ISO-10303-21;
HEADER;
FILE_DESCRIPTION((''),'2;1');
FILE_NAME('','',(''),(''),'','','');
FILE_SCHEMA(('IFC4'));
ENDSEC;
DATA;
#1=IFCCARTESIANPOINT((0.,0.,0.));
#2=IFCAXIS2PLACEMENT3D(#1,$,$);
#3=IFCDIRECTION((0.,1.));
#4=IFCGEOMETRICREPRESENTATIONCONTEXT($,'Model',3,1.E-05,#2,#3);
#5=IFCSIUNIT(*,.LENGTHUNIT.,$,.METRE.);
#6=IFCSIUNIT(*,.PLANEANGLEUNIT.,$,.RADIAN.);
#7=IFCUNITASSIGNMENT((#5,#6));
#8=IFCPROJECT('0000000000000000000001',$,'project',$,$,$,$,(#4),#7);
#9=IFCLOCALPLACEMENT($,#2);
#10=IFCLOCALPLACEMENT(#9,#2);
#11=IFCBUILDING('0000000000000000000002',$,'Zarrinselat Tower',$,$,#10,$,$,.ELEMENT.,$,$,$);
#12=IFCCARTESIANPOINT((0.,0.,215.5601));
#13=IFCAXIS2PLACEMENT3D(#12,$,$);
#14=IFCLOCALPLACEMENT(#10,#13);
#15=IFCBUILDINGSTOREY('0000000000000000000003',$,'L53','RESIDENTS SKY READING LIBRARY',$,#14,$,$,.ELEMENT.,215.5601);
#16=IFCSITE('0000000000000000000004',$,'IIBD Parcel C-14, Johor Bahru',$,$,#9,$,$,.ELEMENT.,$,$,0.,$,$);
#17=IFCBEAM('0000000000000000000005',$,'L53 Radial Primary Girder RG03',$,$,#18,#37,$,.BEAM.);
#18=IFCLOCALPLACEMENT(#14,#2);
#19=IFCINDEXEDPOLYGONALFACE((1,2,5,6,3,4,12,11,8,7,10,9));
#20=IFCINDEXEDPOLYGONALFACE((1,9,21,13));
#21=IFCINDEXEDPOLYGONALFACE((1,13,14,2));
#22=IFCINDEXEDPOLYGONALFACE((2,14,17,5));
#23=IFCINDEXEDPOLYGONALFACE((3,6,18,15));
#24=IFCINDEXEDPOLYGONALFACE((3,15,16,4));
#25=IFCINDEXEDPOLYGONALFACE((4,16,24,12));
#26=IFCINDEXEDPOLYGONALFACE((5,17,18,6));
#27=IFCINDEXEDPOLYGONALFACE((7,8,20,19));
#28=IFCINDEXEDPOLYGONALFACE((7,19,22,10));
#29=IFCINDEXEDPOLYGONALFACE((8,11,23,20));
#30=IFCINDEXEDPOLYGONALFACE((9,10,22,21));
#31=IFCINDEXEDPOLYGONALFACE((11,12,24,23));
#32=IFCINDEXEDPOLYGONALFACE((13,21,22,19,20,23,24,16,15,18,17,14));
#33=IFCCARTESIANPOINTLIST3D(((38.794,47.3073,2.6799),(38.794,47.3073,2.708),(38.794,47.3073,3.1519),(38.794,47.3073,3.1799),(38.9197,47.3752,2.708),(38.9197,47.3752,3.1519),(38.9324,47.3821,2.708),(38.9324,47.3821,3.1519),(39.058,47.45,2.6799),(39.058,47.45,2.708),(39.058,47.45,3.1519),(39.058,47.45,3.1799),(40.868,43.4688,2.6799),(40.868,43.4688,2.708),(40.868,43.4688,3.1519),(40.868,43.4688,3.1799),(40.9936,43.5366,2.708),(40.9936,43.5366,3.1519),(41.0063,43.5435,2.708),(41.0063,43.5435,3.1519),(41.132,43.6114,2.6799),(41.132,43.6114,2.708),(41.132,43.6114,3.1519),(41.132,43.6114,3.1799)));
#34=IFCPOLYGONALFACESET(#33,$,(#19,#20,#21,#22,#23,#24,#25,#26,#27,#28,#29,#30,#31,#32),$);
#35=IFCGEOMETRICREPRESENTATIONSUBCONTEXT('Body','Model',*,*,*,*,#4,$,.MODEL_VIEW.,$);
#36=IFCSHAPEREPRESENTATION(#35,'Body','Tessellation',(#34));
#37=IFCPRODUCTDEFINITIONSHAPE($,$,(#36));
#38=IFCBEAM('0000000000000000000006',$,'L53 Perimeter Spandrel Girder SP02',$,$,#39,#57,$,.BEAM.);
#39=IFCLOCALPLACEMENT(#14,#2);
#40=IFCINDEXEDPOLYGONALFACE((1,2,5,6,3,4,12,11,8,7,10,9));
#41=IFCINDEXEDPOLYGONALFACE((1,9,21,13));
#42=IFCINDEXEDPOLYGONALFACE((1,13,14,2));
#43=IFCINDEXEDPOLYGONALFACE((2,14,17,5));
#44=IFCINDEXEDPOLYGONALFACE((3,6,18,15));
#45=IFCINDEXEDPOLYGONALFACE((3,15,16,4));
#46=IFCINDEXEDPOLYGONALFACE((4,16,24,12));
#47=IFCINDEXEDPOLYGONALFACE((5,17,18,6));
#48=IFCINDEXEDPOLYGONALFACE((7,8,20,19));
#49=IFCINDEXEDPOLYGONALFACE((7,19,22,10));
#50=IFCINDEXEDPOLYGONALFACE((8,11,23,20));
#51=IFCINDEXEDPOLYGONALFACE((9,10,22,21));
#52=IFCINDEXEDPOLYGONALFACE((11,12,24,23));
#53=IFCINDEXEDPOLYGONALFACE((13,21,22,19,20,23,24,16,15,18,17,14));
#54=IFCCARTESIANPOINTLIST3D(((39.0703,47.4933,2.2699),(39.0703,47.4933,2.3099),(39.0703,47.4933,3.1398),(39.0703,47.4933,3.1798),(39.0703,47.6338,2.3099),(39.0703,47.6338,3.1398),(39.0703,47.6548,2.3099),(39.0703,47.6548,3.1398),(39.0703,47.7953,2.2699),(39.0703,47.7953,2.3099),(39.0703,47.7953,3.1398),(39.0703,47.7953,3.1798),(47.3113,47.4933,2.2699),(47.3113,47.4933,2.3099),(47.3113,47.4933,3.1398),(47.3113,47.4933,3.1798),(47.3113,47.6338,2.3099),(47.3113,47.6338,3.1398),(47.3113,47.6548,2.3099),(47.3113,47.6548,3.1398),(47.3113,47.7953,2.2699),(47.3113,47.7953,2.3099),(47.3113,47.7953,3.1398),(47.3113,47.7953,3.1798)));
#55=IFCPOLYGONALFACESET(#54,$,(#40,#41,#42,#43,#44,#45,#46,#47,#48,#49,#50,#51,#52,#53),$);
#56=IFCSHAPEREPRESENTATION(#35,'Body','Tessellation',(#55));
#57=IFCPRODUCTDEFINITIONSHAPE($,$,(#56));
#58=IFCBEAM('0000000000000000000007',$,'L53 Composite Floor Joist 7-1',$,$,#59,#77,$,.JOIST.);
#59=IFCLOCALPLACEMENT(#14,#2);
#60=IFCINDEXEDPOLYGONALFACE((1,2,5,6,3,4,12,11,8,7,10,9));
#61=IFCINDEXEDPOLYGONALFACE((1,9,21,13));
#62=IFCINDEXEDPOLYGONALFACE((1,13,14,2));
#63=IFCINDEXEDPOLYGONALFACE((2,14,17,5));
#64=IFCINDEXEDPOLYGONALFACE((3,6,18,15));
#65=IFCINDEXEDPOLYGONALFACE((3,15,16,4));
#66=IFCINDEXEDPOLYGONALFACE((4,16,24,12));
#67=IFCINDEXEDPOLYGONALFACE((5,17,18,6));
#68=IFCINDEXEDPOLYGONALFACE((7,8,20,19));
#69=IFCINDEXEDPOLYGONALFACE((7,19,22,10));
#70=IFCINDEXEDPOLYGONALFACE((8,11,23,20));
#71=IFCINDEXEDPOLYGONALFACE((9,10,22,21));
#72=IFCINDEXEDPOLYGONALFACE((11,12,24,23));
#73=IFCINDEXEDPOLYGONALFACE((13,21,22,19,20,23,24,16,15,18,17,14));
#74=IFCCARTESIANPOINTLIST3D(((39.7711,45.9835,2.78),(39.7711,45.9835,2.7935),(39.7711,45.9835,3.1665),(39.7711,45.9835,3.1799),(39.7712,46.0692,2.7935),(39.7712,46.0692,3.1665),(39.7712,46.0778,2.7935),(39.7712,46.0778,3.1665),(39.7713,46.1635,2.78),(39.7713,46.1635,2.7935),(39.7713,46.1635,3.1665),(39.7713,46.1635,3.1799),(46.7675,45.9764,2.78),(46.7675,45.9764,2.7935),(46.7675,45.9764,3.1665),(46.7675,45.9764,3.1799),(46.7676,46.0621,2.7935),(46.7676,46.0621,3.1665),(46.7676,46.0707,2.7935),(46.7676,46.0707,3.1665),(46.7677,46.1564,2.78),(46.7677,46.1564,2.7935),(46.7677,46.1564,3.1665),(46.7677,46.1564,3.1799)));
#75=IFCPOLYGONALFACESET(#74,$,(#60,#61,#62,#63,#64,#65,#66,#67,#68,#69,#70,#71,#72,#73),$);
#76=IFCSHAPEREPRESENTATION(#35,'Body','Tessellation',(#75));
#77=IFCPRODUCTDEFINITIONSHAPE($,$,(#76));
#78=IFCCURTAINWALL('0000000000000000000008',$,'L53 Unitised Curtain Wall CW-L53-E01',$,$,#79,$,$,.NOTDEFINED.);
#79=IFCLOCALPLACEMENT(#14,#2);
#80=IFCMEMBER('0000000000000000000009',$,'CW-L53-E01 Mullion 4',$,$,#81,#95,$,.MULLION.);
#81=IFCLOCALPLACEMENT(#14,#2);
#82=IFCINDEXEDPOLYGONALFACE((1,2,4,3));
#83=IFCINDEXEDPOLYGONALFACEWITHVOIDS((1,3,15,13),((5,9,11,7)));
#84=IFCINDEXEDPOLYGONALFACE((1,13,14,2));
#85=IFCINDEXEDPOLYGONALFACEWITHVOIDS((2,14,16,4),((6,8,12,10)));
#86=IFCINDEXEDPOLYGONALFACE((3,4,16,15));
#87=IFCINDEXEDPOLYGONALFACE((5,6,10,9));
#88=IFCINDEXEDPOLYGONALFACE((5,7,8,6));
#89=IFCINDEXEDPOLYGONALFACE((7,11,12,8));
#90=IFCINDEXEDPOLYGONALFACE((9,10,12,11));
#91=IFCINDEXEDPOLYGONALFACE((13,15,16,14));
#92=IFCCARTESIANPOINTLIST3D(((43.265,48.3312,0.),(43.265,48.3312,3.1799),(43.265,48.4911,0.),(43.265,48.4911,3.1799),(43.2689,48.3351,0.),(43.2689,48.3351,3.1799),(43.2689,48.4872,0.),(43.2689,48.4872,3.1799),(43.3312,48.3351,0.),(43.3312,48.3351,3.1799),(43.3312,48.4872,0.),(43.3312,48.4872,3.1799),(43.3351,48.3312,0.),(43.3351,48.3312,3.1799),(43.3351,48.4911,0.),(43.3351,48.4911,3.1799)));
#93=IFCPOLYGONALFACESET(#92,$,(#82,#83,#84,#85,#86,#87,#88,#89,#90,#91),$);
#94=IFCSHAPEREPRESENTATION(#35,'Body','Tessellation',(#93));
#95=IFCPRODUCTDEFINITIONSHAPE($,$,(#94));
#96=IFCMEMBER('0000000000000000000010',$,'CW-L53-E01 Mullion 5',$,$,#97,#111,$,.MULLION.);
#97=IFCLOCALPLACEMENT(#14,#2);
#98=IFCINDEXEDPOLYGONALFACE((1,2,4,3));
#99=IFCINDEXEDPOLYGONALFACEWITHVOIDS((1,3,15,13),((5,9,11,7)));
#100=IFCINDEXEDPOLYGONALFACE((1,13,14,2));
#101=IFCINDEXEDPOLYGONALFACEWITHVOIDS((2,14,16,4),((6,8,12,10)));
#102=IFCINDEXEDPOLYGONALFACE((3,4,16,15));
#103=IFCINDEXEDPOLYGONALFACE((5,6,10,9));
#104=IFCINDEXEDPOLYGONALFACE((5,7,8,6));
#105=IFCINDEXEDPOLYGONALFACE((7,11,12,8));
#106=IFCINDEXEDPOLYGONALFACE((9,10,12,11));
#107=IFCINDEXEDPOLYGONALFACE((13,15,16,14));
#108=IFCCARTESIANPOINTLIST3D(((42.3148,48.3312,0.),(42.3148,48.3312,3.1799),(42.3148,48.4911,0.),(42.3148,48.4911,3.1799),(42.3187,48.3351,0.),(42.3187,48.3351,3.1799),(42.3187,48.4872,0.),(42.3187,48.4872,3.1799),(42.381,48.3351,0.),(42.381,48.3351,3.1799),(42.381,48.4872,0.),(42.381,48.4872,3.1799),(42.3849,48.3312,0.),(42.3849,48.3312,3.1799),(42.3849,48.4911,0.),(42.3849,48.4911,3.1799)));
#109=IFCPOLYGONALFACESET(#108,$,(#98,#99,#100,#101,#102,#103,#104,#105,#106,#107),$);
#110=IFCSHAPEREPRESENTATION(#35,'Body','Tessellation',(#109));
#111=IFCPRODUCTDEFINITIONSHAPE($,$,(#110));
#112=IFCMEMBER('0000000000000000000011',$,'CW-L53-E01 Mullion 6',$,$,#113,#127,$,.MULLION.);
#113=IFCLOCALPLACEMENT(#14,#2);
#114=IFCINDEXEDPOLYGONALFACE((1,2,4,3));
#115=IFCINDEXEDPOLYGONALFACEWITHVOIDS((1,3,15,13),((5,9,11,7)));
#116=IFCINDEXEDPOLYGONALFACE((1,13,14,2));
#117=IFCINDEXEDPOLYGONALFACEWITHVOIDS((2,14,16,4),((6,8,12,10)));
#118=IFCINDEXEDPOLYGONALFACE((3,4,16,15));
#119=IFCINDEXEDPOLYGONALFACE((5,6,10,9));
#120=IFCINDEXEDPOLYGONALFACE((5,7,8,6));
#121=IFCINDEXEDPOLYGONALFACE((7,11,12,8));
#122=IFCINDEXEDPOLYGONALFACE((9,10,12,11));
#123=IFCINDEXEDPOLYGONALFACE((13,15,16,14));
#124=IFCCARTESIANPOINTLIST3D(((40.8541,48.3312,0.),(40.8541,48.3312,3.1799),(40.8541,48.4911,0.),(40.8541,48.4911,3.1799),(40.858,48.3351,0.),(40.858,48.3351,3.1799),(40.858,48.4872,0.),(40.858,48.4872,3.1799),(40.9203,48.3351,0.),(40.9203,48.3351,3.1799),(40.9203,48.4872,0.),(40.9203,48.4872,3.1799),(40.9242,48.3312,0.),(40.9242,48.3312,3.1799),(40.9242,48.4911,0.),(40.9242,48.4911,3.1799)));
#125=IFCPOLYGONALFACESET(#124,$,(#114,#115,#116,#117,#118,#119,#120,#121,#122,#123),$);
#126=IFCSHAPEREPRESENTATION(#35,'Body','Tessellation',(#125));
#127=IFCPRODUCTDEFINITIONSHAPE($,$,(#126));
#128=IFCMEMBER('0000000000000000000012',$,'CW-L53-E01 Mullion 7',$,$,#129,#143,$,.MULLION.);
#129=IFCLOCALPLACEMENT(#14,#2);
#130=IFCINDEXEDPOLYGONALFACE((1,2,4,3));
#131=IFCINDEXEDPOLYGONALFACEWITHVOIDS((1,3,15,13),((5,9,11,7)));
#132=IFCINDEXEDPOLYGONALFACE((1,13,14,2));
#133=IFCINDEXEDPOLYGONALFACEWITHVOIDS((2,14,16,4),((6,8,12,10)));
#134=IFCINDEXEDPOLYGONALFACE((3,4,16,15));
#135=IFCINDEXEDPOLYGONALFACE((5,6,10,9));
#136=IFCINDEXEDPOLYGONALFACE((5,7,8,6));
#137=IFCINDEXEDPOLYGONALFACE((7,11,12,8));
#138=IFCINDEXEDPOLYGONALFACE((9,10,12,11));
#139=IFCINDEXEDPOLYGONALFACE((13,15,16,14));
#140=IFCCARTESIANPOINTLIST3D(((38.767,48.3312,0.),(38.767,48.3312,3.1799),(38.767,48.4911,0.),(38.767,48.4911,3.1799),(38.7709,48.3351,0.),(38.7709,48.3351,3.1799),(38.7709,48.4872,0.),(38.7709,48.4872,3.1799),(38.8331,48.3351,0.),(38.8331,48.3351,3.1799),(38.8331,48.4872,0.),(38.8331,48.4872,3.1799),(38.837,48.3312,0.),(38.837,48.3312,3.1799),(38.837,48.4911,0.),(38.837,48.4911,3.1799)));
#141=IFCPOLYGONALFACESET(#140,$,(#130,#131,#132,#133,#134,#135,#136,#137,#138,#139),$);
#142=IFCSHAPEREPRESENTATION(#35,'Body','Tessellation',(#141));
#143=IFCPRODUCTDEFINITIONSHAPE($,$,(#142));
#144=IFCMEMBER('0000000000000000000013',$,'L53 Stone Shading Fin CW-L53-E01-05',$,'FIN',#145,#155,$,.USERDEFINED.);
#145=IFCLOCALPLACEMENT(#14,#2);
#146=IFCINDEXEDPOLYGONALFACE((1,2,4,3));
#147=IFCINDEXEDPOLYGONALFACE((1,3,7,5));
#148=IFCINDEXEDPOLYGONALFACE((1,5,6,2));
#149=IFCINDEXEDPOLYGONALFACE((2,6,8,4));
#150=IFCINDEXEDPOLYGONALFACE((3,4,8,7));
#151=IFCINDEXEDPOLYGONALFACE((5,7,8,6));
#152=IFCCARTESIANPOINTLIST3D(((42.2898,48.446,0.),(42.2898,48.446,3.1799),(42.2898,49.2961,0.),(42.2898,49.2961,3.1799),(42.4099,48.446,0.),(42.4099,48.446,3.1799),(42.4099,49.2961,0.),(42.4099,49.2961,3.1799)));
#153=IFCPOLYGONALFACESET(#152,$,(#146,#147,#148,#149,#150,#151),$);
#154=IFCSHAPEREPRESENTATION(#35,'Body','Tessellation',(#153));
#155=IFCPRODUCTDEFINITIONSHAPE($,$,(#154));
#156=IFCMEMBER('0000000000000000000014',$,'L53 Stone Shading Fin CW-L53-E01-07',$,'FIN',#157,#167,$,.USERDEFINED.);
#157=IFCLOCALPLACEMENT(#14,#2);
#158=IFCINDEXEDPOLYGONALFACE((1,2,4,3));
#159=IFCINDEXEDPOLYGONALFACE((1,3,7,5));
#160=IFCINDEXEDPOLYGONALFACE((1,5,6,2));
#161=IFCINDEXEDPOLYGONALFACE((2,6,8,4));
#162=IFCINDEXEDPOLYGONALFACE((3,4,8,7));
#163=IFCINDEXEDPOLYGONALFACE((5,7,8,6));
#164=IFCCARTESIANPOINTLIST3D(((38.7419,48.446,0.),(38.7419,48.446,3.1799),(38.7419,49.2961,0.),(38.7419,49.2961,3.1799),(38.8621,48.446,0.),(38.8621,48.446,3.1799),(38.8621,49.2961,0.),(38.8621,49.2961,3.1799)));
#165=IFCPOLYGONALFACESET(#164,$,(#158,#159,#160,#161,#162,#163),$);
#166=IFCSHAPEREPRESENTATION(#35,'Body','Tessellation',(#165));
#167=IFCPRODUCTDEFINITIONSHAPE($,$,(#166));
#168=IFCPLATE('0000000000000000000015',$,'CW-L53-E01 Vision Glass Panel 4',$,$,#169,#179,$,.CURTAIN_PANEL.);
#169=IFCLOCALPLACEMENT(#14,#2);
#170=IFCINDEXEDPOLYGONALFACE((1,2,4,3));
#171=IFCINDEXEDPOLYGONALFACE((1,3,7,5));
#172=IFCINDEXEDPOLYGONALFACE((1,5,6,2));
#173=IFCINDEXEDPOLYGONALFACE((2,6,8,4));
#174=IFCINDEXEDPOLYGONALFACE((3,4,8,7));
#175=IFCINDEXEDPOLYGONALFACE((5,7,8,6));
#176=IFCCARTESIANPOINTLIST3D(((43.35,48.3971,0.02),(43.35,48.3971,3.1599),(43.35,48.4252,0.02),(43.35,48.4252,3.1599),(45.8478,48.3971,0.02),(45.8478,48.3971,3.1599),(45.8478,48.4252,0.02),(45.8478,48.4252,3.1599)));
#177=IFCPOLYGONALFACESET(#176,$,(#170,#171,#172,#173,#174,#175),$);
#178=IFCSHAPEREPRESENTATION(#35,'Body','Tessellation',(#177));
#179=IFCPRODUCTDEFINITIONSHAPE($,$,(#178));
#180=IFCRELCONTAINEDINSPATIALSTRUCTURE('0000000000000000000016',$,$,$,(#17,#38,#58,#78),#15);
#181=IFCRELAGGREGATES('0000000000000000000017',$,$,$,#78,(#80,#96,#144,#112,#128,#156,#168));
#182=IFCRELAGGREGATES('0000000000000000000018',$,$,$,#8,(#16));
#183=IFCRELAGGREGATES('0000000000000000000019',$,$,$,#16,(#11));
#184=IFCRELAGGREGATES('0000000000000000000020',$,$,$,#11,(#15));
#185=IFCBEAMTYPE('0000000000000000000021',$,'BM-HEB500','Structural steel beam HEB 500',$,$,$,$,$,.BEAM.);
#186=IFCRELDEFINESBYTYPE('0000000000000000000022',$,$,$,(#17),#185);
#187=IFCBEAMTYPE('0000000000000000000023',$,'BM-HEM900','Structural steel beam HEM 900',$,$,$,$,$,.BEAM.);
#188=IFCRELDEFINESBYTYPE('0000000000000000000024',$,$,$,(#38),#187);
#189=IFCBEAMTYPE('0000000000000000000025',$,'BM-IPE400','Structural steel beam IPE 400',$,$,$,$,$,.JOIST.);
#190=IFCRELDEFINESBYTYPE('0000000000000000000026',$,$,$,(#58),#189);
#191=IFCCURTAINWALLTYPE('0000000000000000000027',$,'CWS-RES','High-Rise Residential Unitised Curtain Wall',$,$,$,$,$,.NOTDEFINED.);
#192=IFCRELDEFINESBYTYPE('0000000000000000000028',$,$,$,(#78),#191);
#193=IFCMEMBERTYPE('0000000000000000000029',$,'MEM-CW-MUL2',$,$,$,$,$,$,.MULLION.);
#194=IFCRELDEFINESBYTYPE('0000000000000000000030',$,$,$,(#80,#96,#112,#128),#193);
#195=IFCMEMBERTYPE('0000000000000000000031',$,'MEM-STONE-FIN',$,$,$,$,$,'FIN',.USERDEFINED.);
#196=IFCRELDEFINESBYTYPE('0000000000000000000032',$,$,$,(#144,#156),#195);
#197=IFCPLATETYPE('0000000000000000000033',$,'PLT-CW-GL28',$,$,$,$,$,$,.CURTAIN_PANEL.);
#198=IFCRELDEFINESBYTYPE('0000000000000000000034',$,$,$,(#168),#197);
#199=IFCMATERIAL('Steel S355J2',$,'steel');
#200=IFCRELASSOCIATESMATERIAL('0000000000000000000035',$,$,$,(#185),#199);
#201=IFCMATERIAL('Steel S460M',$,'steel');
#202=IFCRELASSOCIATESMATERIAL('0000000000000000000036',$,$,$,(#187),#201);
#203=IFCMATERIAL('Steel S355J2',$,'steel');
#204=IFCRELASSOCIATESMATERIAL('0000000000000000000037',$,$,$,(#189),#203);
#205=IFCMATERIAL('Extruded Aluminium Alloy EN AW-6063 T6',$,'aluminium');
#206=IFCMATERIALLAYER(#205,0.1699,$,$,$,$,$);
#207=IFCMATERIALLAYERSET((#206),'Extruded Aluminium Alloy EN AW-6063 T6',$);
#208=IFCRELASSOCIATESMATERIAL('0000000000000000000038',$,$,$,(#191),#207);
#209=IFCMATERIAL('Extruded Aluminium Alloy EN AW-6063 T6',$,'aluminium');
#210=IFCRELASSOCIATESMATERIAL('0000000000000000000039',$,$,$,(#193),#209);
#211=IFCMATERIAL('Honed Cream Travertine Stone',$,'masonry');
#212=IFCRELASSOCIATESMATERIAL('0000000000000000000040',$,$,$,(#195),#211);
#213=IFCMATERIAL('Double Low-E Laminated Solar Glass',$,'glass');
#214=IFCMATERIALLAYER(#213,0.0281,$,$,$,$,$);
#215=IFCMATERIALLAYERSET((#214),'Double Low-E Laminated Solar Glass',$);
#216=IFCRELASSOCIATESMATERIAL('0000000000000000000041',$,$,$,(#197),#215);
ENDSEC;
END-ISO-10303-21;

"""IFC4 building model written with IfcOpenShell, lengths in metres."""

from ifc_helpers import new_model, si_unit, direction, frame, origin, origin_2d, place, context, subcontext, project, spatial, rectangle, hollow_rectangle, i_section, extrude, material, layer, layer_set, material_profile, profile_set, type_object, element, aggregate, save


model = new_model("IFC4")

# Units and contexts
model_context = context("Model", 3, precision=1e-05, world=origin(), true_north=direction((0.0, 1.0)))
body_context = subcontext(model_context, "Body", "Model", "MODEL_VIEW")
ifc_project = project(units=[si_unit("LENGTHUNIT", "METRE"), si_unit("PLANEANGLEUNIT", "RADIAN")], contexts=[model_context])

# Site, building, storey
site_placement = place(None, origin())
site = spatial("IfcSite", under=ifc_project, at=site_placement, Name="IIBD Parcel C-14, Johor Bahru", CompositionType="ELEMENT", RefElevation=0.0)
building_placement = place(site_placement, origin())
building = spatial("IfcBuilding", under=site, at=building_placement, Name="Zarrinselat Tower", CompositionType="ELEMENT")
storey_placement = place(building_placement, frame((0.0, 0.0, 215.5601)))
storey = spatial("IfcBuildingStorey", under=building, at=storey_placement, Name="L53", Description="RESIDENTS SKY READING LIBRARY", CompositionType="ELEMENT", Elevation=215.5601)

# Beams
ifc_material_1 = material(Name="Steel S355J2", Category="steel")
ifc_material_profile_1 = material_profile(ifc_material_1, i_section(OverallWidth=0.3, OverallDepth=0.5, WebThickness=0.0144, FlangeThickness=0.0281, at=origin_2d()), Name="HEB 500")
ifc_profile_set_1 = profile_set([ifc_material_profile_1], Name="Steel S355J2")
beam_type_1 = type_object("IfcBeamType", Name="BM-HEB500", Description="Structural steel beam HEB 500", PredefinedType="BEAM", material=ifc_profile_set_1)
beam_1_placement = place(storey_placement, frame((38.926, 47.3787, 2.9299), z_axis=(0.475347, -0.879798, 0.0), x_axis=(0.879798, 0.475347, 0.0)))
element("IfcBeam", 1, at=beam_1_placement, inside=storey, type_object=beam_type_1, Name="L53 Radial Primary Girder RG03", PredefinedType="BEAM", context=body_context, shape_type="SweptSolid", body=[
    extrude(i_section(OverallWidth=0.3, OverallDepth=0.5, WebThickness=0.0144, FlangeThickness=0.0281, at=origin_2d()), origin(), (0.0, 0.0, 1.0), 4.363),
])
ifc_material_2 = material(Name="Steel S460M", Category="steel")
ifc_material_profile_2 = material_profile(ifc_material_2, i_section(OverallWidth=0.302, OverallDepth=0.9099, WebThickness=0.021, FlangeThickness=0.04, at=origin_2d()), Name="HEM 900")
ifc_profile_set_2 = profile_set([ifc_material_profile_2], Name="Steel S460M")
beam_type_2 = type_object("IfcBeamType", Name="BM-HEM900", Description="Structural steel beam HEM 900", PredefinedType="BEAM", material=ifc_profile_set_2)
beam_2_placement = place(storey_placement, frame((39.0703, 47.6443, 2.7249), z_axis=(1.0, 0.0, 0.0), x_axis=(0.0, 1.0, 0.0)))
element("IfcBeam", 2, at=beam_2_placement, inside=storey, type_object=beam_type_2, Name="L53 Perimeter Spandrel Girder SP02", PredefinedType="BEAM", context=body_context, shape_type="SweptSolid", body=[
    extrude(i_section(OverallWidth=0.302, OverallDepth=0.9099, WebThickness=0.021, FlangeThickness=0.04, at=origin_2d()), origin(), (0.0, 0.0, 1.0), 8.241),
])
ifc_material_3 = material(Name="Steel S355J2", Category="steel")
ifc_material_profile_3 = material_profile(ifc_material_3, i_section(OverallWidth=0.1799, OverallDepth=0.3999, WebThickness=0.0085, FlangeThickness=0.0134, at=origin_2d()), Name="IPE 400")
ifc_profile_set_3 = profile_set([ifc_material_profile_3], Name="Steel S355J2")
beam_type_3 = type_object("IfcBeamType", Name="BM-IPE400", Description="Structural steel beam IPE 400", PredefinedType="JOIST", material=ifc_profile_set_3)
beam_3_placement = place(storey_placement, frame((39.7712, 46.0735, 2.98), z_axis=(0.999999, -0.001012, 0.0), x_axis=(0.001012, 0.999999, 0.0)))
element("IfcBeam", 3, at=beam_3_placement, inside=storey, type_object=beam_type_3, Name="L53 Composite Floor Joist 7-1", PredefinedType="JOIST", context=body_context, shape_type="SweptSolid", body=[
    extrude(i_section(OverallWidth=0.1799, OverallDepth=0.3999, WebThickness=0.0085, FlangeThickness=0.0134, at=origin_2d()), origin(), (0.0, 0.0, 1.0), 6.9963),
])

# Curtain wall, members, plate
ifc_material_4 = material(Name="Extruded Aluminium Alloy EN AW-6063 T6", Category="aluminium")
ifc_layer_1 = layer(ifc_material_4, 0.1699)
ifc_layer_set_1 = layer_set([ifc_layer_1], Name="Extruded Aluminium Alloy EN AW-6063 T6")
curtain_wall_type = type_object("IfcCurtainWallType", Name="CWS-RES", Description="High-Rise Residential Unitised Curtain Wall", PredefinedType="NOTDEFINED", material=ifc_layer_set_1)
curtain_wall_placement = place(storey_placement, origin())
curtain_wall = element("IfcCurtainWall", 4, at=curtain_wall_placement, inside=storey, type_object=curtain_wall_type, Name="L53 Unitised Curtain Wall CW-L53-E01", PredefinedType="NOTDEFINED")
ifc_material_5 = material(Name="Extruded Aluminium Alloy EN AW-6063 T6", Category="aluminium")
ifc_material_profile_4 = material_profile(ifc_material_5, hollow_rectangle(XDim=0.0701, YDim=0.1599, WallThickness=0.0039, at=origin_2d()), Name="RHS 160x70x4")
ifc_profile_set_4 = profile_set([ifc_material_profile_4], Name="Extruded Aluminium Alloy EN AW-6063 T6")
member_type_1 = type_object("IfcMemberType", Name="MEM-CW-MUL2", PredefinedType="MULLION", material=ifc_profile_set_4)
member_1_placement = place(storey_placement, frame((43.3, 48.4111, 0.0), z_axis=(0.0, 0.0, 1.0), x_axis=(-1.0, 0.0, 0.0)))
member_1 = element("IfcMember", 5, at=member_1_placement, type_object=member_type_1, Name="CW-L53-E01 Mullion 4", PredefinedType="MULLION", context=body_context, shape_type="SweptSolid", body=[
    extrude(hollow_rectangle(XDim=0.0701, YDim=0.1599, WallThickness=0.0039, at=origin_2d()), origin(), (0.0, 0.0, 1.0), 3.1799),
])
member_2_placement = place(storey_placement, frame((42.3499, 48.4111, 0.0), z_axis=(0.0, 0.0, 1.0), x_axis=(-1.0, 0.0, 0.0)))
member_2 = element("IfcMember", 6, at=member_2_placement, type_object=member_type_1, Name="CW-L53-E01 Mullion 5", PredefinedType="MULLION", context=body_context, shape_type="SweptSolid", body=[
    extrude(hollow_rectangle(XDim=0.0701, YDim=0.1599, WallThickness=0.0039, at=origin_2d()), origin(), (0.0, 0.0, 1.0), 3.1799),
])
member_3_placement = place(storey_placement, frame((40.8892, 48.4111, 0.0), z_axis=(0.0, 0.0, 1.0), x_axis=(-1.0, 0.0, 0.0)))
member_3 = element("IfcMember", 7, at=member_3_placement, type_object=member_type_1, Name="CW-L53-E01 Mullion 6", PredefinedType="MULLION", context=body_context, shape_type="SweptSolid", body=[
    extrude(hollow_rectangle(XDim=0.0701, YDim=0.1599, WallThickness=0.0039, at=origin_2d()), origin(), (0.0, 0.0, 1.0), 3.1799),
])
member_4_placement = place(storey_placement, frame((38.802, 48.4111, 0.0), z_axis=(0.0, 0.0, 1.0), x_axis=(-1.0, 0.0, 0.0)))
member_4 = element("IfcMember", 8, at=member_4_placement, type_object=member_type_1, Name="CW-L53-E01 Mullion 7", PredefinedType="MULLION", context=body_context, shape_type="SweptSolid", body=[
    extrude(hollow_rectangle(XDim=0.0701, YDim=0.1599, WallThickness=0.0039, at=origin_2d()), origin(), (0.0, 0.0, 1.0), 3.1799),
])
ifc_material_6 = material(Name="Honed Cream Travertine Stone", Category="masonry")
ifc_material_profile_5 = material_profile(ifc_material_6, rectangle(XDim=0.1201, YDim=0.8501, at=origin_2d()), Name="FIN 850x120")
ifc_profile_set_5 = profile_set([ifc_material_profile_5], Name="Honed Cream Travertine Stone")
member_type_2 = type_object("IfcMemberType", Name="MEM-STONE-FIN", ElementType="FIN", PredefinedType="USERDEFINED", material=ifc_profile_set_5)
member_5_placement = place(storey_placement, frame((42.3499, 48.8711, 0.0), z_axis=(0.0, 0.0, 1.0), x_axis=(1.0, 0.0, 0.0)))
member_5 = element("IfcMember", 9, at=member_5_placement, type_object=member_type_2, Name="L53 Stone Shading Fin CW-L53-E01-05", ObjectType="FIN", PredefinedType="USERDEFINED", context=body_context, shape_type="SweptSolid", body=[
    extrude(rectangle(XDim=0.1201, YDim=0.8501, at=origin_2d()), origin(), (0.0, 0.0, 1.0), 3.1799),
])
member_6_placement = place(storey_placement, frame((38.802, 48.8711, 0.0), z_axis=(0.0, 0.0, 1.0), x_axis=(1.0, 0.0, 0.0)))
member_6 = element("IfcMember", 10, at=member_6_placement, type_object=member_type_2, Name="L53 Stone Shading Fin CW-L53-E01-07", ObjectType="FIN", PredefinedType="USERDEFINED", context=body_context, shape_type="SweptSolid", body=[
    extrude(rectangle(XDim=0.1201, YDim=0.8501, at=origin_2d()), origin(), (0.0, 0.0, 1.0), 3.1799),
])
ifc_material_7 = material(Name="Double Low-E Laminated Solar Glass", Category="glass")
ifc_layer_2 = layer(ifc_material_7, 0.0281)
ifc_layer_set_2 = layer_set([ifc_layer_2], Name="Double Low-E Laminated Solar Glass")
plate_type = type_object("IfcPlateType", Name="PLT-CW-GL28", PredefinedType="CURTAIN_PANEL", material=ifc_layer_set_2)
plate_1_placement = place(storey_placement, frame((44.5989, 48.4111, 0.02), z_axis=(0.0, 0.0, 1.0), x_axis=(-1.0, 0.0, 0.0)))
plate_1 = element("IfcPlate", 11, at=plate_1_placement, type_object=plate_type, Name="CW-L53-E01 Vision Glass Panel 4", PredefinedType="CURTAIN_PANEL", context=body_context, shape_type="SweptSolid", body=[
    extrude(rectangle(XDim=2.4978, YDim=0.0281, at=origin_2d()), origin(), (0.0, 0.0, 1.0), 3.1399),
])
aggregate(curtain_wall, [member_1, member_2, member_5, member_3, member_4, member_6, plate_1])

save(model, "model.ifc")
